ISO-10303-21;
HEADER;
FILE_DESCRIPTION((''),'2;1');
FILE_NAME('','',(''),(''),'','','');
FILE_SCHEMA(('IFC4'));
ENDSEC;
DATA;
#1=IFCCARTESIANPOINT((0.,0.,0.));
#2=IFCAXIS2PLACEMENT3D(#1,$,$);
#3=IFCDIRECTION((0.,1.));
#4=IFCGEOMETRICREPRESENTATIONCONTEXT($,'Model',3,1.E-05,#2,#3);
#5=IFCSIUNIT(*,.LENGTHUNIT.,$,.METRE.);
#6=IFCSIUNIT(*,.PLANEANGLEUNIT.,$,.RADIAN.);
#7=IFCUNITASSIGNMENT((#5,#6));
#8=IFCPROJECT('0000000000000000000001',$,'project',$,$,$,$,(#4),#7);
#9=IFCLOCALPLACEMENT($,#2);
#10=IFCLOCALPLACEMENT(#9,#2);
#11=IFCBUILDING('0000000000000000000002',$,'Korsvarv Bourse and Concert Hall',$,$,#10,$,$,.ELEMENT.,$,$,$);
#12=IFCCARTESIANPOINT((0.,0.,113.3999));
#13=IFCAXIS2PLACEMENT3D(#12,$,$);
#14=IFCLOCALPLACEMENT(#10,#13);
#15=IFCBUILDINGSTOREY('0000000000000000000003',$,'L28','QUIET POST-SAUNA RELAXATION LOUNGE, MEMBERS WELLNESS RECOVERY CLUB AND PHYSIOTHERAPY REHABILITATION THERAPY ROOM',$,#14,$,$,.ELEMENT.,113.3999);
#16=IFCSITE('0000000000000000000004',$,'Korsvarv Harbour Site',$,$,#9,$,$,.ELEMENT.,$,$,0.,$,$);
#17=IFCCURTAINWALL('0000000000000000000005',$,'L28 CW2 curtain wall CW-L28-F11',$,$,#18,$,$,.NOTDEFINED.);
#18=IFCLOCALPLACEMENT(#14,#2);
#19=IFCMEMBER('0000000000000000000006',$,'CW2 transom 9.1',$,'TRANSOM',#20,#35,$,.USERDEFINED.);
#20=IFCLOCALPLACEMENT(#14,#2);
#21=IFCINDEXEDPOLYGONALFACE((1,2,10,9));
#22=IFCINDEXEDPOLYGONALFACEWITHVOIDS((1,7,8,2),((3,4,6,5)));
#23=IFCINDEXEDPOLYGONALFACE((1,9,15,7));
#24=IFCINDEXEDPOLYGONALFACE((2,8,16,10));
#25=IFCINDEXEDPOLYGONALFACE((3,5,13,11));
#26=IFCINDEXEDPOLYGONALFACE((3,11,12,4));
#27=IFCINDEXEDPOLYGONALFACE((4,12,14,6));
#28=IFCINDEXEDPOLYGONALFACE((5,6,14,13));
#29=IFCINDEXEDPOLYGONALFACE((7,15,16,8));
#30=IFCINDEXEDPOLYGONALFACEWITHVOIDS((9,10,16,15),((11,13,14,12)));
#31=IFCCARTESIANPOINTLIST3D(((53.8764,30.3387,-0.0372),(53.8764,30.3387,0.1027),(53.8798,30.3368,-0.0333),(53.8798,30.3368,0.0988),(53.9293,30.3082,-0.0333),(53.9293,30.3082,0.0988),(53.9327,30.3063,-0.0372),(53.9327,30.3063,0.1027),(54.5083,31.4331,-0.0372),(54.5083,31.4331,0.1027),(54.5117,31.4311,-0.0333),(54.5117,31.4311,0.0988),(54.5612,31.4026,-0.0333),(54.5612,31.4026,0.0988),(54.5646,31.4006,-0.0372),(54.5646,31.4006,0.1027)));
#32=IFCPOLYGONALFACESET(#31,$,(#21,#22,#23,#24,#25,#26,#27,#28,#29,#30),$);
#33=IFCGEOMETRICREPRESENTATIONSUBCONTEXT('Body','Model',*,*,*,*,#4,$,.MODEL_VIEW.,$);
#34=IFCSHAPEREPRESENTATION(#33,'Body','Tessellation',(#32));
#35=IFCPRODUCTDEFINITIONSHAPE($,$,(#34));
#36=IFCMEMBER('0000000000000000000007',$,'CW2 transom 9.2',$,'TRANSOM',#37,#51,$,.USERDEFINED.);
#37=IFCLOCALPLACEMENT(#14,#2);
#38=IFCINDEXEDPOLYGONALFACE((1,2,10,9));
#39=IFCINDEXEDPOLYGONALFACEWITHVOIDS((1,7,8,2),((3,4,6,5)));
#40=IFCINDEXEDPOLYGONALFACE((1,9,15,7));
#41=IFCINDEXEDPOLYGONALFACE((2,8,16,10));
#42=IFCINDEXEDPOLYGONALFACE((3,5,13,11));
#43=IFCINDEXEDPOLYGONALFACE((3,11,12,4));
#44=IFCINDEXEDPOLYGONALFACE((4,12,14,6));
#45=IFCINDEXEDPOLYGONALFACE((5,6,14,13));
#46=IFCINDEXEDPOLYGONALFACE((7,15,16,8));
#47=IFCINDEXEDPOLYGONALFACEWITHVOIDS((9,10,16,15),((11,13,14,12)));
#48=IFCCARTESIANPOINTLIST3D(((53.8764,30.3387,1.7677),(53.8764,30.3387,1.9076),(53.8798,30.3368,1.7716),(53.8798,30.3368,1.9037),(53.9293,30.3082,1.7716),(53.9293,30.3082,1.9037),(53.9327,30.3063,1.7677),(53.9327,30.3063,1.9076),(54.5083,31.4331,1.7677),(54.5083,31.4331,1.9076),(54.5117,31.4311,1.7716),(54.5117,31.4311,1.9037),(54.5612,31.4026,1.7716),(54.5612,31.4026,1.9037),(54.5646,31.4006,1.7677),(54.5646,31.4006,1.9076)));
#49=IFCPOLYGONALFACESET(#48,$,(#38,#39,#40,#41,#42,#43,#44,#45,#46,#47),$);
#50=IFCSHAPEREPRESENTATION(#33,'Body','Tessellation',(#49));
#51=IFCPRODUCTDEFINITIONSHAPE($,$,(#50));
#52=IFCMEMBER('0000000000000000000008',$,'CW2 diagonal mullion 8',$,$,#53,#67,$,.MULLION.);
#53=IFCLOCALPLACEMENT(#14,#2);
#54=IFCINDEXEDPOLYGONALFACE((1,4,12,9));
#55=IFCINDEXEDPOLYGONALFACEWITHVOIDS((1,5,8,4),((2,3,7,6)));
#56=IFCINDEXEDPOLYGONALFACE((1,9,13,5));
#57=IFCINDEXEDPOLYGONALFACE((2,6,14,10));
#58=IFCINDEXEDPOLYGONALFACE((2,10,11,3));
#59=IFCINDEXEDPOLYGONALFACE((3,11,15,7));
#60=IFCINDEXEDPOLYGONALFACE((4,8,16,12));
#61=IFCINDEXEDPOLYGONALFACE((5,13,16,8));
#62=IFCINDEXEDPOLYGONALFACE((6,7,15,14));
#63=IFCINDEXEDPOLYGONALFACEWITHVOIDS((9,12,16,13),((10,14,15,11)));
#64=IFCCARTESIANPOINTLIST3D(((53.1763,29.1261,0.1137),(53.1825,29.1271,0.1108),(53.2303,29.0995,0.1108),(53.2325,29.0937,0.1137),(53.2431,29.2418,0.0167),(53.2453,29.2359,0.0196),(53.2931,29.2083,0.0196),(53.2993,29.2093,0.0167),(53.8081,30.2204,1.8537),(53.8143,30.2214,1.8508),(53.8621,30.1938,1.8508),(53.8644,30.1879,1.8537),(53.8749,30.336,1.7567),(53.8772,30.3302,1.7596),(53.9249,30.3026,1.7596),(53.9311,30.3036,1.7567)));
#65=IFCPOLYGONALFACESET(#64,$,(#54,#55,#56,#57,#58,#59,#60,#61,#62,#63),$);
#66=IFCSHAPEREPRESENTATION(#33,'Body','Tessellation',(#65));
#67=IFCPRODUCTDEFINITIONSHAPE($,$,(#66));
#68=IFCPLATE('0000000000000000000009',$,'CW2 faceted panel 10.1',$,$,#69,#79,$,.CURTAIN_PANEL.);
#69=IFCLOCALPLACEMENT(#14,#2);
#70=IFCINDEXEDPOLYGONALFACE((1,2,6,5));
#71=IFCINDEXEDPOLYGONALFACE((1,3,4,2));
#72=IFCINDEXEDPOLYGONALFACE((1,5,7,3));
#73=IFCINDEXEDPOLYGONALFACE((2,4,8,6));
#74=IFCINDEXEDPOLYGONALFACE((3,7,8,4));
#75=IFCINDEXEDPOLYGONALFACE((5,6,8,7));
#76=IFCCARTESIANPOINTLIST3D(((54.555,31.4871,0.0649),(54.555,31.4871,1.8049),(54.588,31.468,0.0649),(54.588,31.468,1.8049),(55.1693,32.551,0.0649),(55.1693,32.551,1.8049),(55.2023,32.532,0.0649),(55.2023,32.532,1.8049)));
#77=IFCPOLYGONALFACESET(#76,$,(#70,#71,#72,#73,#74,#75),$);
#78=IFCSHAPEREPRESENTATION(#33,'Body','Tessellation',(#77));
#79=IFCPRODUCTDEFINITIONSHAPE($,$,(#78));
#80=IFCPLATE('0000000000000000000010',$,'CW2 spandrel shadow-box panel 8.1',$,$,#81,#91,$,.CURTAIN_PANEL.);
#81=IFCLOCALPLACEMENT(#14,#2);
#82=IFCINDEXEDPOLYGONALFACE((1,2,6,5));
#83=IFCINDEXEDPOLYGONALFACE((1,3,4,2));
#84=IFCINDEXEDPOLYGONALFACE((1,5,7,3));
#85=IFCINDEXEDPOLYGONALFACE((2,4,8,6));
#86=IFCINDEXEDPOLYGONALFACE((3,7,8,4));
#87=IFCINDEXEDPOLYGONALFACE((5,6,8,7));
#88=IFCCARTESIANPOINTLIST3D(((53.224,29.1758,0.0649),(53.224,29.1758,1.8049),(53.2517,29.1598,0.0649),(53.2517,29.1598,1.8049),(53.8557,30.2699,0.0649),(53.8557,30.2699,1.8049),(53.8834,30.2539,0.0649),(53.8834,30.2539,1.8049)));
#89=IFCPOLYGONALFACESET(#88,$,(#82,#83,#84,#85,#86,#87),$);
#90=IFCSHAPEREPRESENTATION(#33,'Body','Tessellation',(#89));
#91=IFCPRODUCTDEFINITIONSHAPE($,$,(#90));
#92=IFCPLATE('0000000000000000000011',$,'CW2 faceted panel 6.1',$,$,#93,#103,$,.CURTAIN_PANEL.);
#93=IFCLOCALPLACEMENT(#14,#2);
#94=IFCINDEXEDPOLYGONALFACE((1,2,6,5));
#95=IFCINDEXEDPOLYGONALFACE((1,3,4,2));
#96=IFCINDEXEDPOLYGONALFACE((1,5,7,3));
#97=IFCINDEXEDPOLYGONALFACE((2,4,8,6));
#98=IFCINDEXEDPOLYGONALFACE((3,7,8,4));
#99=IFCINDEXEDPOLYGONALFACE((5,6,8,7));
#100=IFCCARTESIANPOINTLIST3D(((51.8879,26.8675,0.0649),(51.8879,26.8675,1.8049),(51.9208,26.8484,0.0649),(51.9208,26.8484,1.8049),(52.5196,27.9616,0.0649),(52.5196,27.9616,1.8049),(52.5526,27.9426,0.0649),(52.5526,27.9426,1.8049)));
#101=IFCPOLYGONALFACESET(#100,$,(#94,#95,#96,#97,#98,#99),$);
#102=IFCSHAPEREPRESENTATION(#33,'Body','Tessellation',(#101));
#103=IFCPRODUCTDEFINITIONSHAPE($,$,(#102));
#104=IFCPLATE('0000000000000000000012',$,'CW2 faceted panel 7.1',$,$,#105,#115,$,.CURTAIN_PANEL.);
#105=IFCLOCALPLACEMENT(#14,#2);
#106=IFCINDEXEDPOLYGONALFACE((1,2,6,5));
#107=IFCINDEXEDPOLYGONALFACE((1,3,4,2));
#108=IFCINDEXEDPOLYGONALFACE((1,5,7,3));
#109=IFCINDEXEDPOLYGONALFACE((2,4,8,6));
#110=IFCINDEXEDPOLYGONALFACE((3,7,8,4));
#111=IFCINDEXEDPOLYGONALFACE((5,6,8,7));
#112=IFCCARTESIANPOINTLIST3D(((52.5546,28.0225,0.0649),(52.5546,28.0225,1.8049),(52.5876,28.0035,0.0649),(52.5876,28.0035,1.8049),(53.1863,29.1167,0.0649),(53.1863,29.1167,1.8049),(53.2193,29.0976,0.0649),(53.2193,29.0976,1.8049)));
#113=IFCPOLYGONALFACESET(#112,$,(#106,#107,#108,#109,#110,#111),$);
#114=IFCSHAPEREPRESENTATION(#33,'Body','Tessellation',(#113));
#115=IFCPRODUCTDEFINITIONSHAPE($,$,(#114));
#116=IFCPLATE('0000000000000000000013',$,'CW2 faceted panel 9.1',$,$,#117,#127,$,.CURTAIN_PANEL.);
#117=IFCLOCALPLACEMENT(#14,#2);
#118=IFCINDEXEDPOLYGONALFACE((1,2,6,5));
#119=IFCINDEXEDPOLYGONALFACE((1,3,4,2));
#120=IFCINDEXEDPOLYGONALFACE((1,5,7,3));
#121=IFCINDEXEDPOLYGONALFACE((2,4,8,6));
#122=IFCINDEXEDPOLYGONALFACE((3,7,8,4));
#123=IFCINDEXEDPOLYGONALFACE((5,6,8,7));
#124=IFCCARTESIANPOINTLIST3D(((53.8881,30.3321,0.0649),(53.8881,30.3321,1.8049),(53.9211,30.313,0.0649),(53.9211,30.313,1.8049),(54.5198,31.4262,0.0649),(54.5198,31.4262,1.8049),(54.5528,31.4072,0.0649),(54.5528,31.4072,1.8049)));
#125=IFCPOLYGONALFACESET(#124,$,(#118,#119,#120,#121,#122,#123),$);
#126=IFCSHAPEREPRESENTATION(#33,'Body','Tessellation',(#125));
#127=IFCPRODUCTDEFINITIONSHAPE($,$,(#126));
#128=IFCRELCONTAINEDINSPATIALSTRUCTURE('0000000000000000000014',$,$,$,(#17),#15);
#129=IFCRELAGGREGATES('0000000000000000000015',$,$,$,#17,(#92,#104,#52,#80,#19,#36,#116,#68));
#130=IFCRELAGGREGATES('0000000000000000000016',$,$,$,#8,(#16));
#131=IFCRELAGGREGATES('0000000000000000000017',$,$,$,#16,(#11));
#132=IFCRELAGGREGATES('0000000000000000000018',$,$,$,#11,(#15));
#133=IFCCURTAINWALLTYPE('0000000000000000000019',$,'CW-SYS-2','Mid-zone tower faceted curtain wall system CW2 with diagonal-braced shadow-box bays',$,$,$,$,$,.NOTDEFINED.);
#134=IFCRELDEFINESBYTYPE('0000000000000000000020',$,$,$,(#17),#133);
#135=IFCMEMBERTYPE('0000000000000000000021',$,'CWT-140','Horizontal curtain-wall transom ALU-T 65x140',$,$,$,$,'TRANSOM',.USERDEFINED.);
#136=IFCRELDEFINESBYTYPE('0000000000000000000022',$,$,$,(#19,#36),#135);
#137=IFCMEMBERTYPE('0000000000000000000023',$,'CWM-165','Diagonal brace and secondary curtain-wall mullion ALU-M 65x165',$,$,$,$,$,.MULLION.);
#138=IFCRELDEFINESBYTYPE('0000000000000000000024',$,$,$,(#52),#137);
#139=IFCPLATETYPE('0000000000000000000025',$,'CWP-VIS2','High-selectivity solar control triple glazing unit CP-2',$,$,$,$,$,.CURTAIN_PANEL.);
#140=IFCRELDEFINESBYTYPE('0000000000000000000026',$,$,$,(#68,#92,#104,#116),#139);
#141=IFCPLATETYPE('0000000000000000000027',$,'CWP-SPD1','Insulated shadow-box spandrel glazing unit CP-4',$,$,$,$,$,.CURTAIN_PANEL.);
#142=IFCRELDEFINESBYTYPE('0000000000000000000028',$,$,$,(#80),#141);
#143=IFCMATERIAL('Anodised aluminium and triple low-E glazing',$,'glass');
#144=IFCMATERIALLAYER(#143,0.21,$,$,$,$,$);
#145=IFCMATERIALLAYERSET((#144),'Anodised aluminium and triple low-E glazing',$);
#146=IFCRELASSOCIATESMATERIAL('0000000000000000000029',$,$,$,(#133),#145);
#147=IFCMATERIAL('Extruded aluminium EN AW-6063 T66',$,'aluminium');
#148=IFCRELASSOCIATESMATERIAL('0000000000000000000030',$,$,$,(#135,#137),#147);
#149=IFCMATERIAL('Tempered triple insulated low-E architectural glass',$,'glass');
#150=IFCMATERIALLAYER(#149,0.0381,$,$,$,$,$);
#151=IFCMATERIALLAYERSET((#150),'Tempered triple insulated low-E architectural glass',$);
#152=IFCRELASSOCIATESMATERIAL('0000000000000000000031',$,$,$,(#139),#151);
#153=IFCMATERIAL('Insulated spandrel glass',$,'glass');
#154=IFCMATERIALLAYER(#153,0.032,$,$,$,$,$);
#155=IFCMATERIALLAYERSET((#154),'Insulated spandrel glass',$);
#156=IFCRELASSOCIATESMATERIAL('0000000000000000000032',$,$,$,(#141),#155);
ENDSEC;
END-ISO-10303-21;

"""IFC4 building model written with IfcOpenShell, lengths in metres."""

from ifc_helpers import new_model, si_unit, direction, frame, origin, origin_2d, place, context, subcontext, project, spatial, rectangle, hollow_rectangle, extrude, source, transform, mapped, material, layer, layer_set, material_profile, profile_set, type_object, element, aggregate, save


model = new_model("IFC4")

# Units and contexts
model_context = context("Model", 3, precision=1e-05, world=origin(), true_north=direction((0.0, 1.0)))
body_context = subcontext(model_context, "Body", "Model", "MODEL_VIEW")
ifc_project = project(units=[si_unit("LENGTHUNIT", "METRE"), si_unit("PLANEANGLEUNIT", "RADIAN")], contexts=[model_context])

# Site, building, storey
site_placement = place(None, origin())
site = spatial("IfcSite", under=ifc_project, at=site_placement, Name="Korsvarv Harbour Site", CompositionType="ELEMENT", RefElevation=0.0)
building_placement = place(site_placement, origin())
building = spatial("IfcBuilding", under=site, at=building_placement, Name="Korsvarv Bourse and Concert Hall", CompositionType="ELEMENT")
storey_placement = place(building_placement, frame((0.0, 0.0, 113.3999)))
storey = spatial("IfcBuildingStorey", under=building, at=storey_placement, Name="L28", Description="QUIET POST-SAUNA RELAXATION LOUNGE, MEMBERS WELLNESS RECOVERY CLUB AND PHYSIOTHERAPY REHABILITATION THERAPY ROOM", CompositionType="ELEMENT", Elevation=113.3999)

# Curtain wall, members, plates
ifc_material_1 = material(Name="Anodised aluminium and triple low-E glazing", Category="glass")
ifc_layer_1 = layer(ifc_material_1, 0.21)
ifc_layer_set_1 = layer_set([ifc_layer_1], Name="Anodised aluminium and triple low-E glazing")
curtain_wall_type = type_object("IfcCurtainWallType", Name="CW-SYS-2", Description="Mid-zone tower faceted curtain wall system CW2 with diagonal-braced shadow-box bays", PredefinedType="NOTDEFINED", material=ifc_layer_set_1)
curtain_wall_placement = place(storey_placement, origin())
curtain_wall = element("IfcCurtainWall", 1, at=curtain_wall_placement, inside=storey, type_object=curtain_wall_type, Name="L28 CW2 curtain wall CW-L28-F11", PredefinedType="NOTDEFINED")
ifc_material_2 = material(Name="Extruded aluminium EN AW-6063 T66", Category="aluminium")
ifc_material_profile_1 = material_profile(ifc_material_2, hollow_rectangle(XDim=0.0649, YDim=0.1399, WallThickness=0.0039, at=origin_2d()), Name="ALU-T 65x140")
ifc_profile_set_1 = profile_set([ifc_material_profile_1], Name="Extruded aluminium EN AW-6063 T66")
member_type_1 = type_object("IfcMemberType", Name="CWT-140", Description="Horizontal curtain-wall transom ALU-T 65x140", ElementType="TRANSOM", PredefinedType="USERDEFINED", material=ifc_profile_set_1)
shared_shape_1 = source(origin(), body_context, "Body", "SweptSolid", [
    extrude(hollow_rectangle(XDim=0.0649, YDim=0.1399, WallThickness=0.0039, at=origin_2d()), origin(), (0.0, 0.0, 1.0), 1.2637),
])
member_1_placement = place(storey_placement, frame((53.9045, 30.3225, 0.0327), z_axis=(0.500046, 0.865999, 0.0), x_axis=(-0.865999, 0.500046, 0.0)))
member_1 = element("IfcMember", 2, at=member_1_placement, type_object=member_type_1, Name="CW2 transom 9.1", ObjectType="TRANSOM", PredefinedType="USERDEFINED", context=body_context, shape_type="MappedRepresentation", body=[
    mapped(shared_shape_1, transform((0.0, 0.0, 0.0), scale=1.0)),
])
member_2_placement = place(storey_placement, frame((53.9045, 30.3225, 1.8376), z_axis=(0.500046, 0.865999, 0.0), x_axis=(-0.865999, 0.500046, 0.0)))
member_2 = element("IfcMember", 3, at=member_2_placement, type_object=member_type_1, Name="CW2 transom 9.2", ObjectType="TRANSOM", PredefinedType="USERDEFINED", context=body_context, shape_type="MappedRepresentation", body=[
    mapped(shared_shape_1, transform((0.0, 0.0, 0.0), scale=1.0)),
])
ifc_material_profile_2 = material_profile(ifc_material_2, hollow_rectangle(XDim=0.0649, YDim=0.165, WallThickness=0.0049, at=origin_2d()), Name="ALU-M 65x165")
ifc_profile_set_2 = profile_set([ifc_material_profile_2], Name="Extruded aluminium EN AW-6063 T66")
member_type_2 = type_object("IfcMemberType", Name="CWM-165", Description="Diagonal brace and secondary curtain-wall mullion ALU-M 65x165", PredefinedType="MULLION", material=ifc_profile_set_2)
shared_shape_2 = source(origin(), body_context, "Body", "SweptSolid", [
    extrude(hollow_rectangle(XDim=0.0649, YDim=0.165, WallThickness=0.0049, at=origin_2d()), origin(), (0.0, 0.0, 1.0), 2.1504),
])
member_3_placement = place(storey_placement, frame((53.2378, 29.1677, 0.0652), z_axis=(0.293825, 0.508858, 0.809154), x_axis=(-0.865999, 0.500046, 0.0)))
member_3 = element("IfcMember", 4, at=member_3_placement, type_object=member_type_2, Name="CW2 diagonal mullion 8", PredefinedType="MULLION", context=body_context, shape_type="MappedRepresentation", body=[
    mapped(shared_shape_2, transform((0.0, 0.0, 0.0), scale=1.0)),
])
ifc_material_3 = material(Name="Tempered triple insulated low-E architectural glass", Category="glass")
ifc_layer_2 = layer(ifc_material_3, 0.0381)
ifc_layer_set_2 = layer_set([ifc_layer_2], Name="Tempered triple insulated low-E architectural glass")
plate_type_1 = type_object("IfcPlateType", Name="CWP-VIS2", Description="High-selectivity solar control triple glazing unit CP-2", PredefinedType="CURTAIN_PANEL", material=ifc_layer_set_2)
shared_shape_3 = source(origin(), body_context, "Body", "SweptSolid", [
    extrude(rectangle(XDim=1.2285, YDim=0.0381, at=origin_2d()), origin(), (0.0, 0.0, 1.0), 1.74),
])
plate_1_placement = place(storey_placement, frame((54.8787, 32.0095, 0.0649), z_axis=(0.0, 0.0, 1.0), x_axis=(0.500006, 0.866022, 0.0)))
plate_1 = element("IfcPlate", 5, at=plate_1_placement, type_object=plate_type_1, Name="CW2 faceted panel 10.1", PredefinedType="CURTAIN_PANEL", context=body_context, shape_type="MappedRepresentation", body=[
    mapped(shared_shape_3, transform((0.0, 0.0, 0.0), scale=1.0)),
])
ifc_material_4 = material(Name="Insulated spandrel glass", Category="glass")
ifc_layer_3 = layer(ifc_material_4, 0.032)
ifc_layer_set_3 = layer_set([ifc_layer_3], Name="Insulated spandrel glass")
plate_type_2 = type_object("IfcPlateType", Name="CWP-SPD1", Description="Insulated shadow-box spandrel glazing unit CP-4", PredefinedType="CURTAIN_PANEL", material=ifc_layer_set_3)
shared_shape_4 = source(origin(), body_context, "Body", "SweptSolid", [
    extrude(rectangle(XDim=1.2634, YDim=0.032, at=origin_2d()), origin(), (0.0, 0.0, 1.0), 1.74),
])
plate_2_placement = place(storey_placement, frame((53.5537, 29.7148, 0.0649), z_axis=(0.0, 0.0, 1.0), x_axis=(0.500006, 0.866022, 0.0)))
plate_2 = element("IfcPlate", 6, at=plate_2_placement, type_object=plate_type_2, Name="CW2 spandrel shadow-box panel 8.1", PredefinedType="CURTAIN_PANEL", context=body_context, shape_type="MappedRepresentation", body=[
    mapped(shared_shape_4, transform((0.0, 0.0, 0.0), scale=1.0)),
])
shared_shape_5 = source(origin(), body_context, "Body", "SweptSolid", [
    extrude(rectangle(XDim=1.2634, YDim=0.0381, at=origin_2d()), origin(), (0.0, 0.0, 1.0), 1.74),
])
plate_3_placement = place(storey_placement, frame((52.2202, 27.405, 0.0649), z_axis=(0.0, 0.0, 1.0), x_axis=(0.500006, 0.866022, 0.0)))
plate_3 = element("IfcPlate", 7, at=plate_3_placement, type_object=plate_type_1, Name="CW2 faceted panel 6.1", PredefinedType="CURTAIN_PANEL", context=body_context, shape_type="MappedRepresentation", body=[
    mapped(shared_shape_5, transform((0.0, 0.0, 0.0), scale=1.0)),
])
plate_4_placement = place(storey_placement, frame((52.887, 28.5601, 0.0649), z_axis=(0.0, 0.0, 1.0), x_axis=(0.500006, 0.866022, 0.0)))
plate_4 = element("IfcPlate", 8, at=plate_4_placement, type_object=plate_type_1, Name="CW2 faceted panel 7.1", PredefinedType="CURTAIN_PANEL", context=body_context, shape_type="MappedRepresentation", body=[
    mapped(shared_shape_5, transform((0.0, 0.0, 0.0), scale=1.0)),
])
plate_5_placement = place(storey_placement, frame((54.2205, 30.8696, 0.0649), z_axis=(0.0, 0.0, 1.0), x_axis=(0.500006, 0.866022, 0.0)))
plate_5 = element("IfcPlate", 9, at=plate_5_placement, type_object=plate_type_1, Name="CW2 faceted panel 9.1", PredefinedType="CURTAIN_PANEL", context=body_context, shape_type="MappedRepresentation", body=[
    mapped(shared_shape_5, transform((0.0, 0.0, 0.0), scale=1.0)),
])
aggregate(curtain_wall, [plate_3, plate_4, member_3, plate_2, member_1, member_2, plate_5, plate_1])

save(model, "model.ifc")
